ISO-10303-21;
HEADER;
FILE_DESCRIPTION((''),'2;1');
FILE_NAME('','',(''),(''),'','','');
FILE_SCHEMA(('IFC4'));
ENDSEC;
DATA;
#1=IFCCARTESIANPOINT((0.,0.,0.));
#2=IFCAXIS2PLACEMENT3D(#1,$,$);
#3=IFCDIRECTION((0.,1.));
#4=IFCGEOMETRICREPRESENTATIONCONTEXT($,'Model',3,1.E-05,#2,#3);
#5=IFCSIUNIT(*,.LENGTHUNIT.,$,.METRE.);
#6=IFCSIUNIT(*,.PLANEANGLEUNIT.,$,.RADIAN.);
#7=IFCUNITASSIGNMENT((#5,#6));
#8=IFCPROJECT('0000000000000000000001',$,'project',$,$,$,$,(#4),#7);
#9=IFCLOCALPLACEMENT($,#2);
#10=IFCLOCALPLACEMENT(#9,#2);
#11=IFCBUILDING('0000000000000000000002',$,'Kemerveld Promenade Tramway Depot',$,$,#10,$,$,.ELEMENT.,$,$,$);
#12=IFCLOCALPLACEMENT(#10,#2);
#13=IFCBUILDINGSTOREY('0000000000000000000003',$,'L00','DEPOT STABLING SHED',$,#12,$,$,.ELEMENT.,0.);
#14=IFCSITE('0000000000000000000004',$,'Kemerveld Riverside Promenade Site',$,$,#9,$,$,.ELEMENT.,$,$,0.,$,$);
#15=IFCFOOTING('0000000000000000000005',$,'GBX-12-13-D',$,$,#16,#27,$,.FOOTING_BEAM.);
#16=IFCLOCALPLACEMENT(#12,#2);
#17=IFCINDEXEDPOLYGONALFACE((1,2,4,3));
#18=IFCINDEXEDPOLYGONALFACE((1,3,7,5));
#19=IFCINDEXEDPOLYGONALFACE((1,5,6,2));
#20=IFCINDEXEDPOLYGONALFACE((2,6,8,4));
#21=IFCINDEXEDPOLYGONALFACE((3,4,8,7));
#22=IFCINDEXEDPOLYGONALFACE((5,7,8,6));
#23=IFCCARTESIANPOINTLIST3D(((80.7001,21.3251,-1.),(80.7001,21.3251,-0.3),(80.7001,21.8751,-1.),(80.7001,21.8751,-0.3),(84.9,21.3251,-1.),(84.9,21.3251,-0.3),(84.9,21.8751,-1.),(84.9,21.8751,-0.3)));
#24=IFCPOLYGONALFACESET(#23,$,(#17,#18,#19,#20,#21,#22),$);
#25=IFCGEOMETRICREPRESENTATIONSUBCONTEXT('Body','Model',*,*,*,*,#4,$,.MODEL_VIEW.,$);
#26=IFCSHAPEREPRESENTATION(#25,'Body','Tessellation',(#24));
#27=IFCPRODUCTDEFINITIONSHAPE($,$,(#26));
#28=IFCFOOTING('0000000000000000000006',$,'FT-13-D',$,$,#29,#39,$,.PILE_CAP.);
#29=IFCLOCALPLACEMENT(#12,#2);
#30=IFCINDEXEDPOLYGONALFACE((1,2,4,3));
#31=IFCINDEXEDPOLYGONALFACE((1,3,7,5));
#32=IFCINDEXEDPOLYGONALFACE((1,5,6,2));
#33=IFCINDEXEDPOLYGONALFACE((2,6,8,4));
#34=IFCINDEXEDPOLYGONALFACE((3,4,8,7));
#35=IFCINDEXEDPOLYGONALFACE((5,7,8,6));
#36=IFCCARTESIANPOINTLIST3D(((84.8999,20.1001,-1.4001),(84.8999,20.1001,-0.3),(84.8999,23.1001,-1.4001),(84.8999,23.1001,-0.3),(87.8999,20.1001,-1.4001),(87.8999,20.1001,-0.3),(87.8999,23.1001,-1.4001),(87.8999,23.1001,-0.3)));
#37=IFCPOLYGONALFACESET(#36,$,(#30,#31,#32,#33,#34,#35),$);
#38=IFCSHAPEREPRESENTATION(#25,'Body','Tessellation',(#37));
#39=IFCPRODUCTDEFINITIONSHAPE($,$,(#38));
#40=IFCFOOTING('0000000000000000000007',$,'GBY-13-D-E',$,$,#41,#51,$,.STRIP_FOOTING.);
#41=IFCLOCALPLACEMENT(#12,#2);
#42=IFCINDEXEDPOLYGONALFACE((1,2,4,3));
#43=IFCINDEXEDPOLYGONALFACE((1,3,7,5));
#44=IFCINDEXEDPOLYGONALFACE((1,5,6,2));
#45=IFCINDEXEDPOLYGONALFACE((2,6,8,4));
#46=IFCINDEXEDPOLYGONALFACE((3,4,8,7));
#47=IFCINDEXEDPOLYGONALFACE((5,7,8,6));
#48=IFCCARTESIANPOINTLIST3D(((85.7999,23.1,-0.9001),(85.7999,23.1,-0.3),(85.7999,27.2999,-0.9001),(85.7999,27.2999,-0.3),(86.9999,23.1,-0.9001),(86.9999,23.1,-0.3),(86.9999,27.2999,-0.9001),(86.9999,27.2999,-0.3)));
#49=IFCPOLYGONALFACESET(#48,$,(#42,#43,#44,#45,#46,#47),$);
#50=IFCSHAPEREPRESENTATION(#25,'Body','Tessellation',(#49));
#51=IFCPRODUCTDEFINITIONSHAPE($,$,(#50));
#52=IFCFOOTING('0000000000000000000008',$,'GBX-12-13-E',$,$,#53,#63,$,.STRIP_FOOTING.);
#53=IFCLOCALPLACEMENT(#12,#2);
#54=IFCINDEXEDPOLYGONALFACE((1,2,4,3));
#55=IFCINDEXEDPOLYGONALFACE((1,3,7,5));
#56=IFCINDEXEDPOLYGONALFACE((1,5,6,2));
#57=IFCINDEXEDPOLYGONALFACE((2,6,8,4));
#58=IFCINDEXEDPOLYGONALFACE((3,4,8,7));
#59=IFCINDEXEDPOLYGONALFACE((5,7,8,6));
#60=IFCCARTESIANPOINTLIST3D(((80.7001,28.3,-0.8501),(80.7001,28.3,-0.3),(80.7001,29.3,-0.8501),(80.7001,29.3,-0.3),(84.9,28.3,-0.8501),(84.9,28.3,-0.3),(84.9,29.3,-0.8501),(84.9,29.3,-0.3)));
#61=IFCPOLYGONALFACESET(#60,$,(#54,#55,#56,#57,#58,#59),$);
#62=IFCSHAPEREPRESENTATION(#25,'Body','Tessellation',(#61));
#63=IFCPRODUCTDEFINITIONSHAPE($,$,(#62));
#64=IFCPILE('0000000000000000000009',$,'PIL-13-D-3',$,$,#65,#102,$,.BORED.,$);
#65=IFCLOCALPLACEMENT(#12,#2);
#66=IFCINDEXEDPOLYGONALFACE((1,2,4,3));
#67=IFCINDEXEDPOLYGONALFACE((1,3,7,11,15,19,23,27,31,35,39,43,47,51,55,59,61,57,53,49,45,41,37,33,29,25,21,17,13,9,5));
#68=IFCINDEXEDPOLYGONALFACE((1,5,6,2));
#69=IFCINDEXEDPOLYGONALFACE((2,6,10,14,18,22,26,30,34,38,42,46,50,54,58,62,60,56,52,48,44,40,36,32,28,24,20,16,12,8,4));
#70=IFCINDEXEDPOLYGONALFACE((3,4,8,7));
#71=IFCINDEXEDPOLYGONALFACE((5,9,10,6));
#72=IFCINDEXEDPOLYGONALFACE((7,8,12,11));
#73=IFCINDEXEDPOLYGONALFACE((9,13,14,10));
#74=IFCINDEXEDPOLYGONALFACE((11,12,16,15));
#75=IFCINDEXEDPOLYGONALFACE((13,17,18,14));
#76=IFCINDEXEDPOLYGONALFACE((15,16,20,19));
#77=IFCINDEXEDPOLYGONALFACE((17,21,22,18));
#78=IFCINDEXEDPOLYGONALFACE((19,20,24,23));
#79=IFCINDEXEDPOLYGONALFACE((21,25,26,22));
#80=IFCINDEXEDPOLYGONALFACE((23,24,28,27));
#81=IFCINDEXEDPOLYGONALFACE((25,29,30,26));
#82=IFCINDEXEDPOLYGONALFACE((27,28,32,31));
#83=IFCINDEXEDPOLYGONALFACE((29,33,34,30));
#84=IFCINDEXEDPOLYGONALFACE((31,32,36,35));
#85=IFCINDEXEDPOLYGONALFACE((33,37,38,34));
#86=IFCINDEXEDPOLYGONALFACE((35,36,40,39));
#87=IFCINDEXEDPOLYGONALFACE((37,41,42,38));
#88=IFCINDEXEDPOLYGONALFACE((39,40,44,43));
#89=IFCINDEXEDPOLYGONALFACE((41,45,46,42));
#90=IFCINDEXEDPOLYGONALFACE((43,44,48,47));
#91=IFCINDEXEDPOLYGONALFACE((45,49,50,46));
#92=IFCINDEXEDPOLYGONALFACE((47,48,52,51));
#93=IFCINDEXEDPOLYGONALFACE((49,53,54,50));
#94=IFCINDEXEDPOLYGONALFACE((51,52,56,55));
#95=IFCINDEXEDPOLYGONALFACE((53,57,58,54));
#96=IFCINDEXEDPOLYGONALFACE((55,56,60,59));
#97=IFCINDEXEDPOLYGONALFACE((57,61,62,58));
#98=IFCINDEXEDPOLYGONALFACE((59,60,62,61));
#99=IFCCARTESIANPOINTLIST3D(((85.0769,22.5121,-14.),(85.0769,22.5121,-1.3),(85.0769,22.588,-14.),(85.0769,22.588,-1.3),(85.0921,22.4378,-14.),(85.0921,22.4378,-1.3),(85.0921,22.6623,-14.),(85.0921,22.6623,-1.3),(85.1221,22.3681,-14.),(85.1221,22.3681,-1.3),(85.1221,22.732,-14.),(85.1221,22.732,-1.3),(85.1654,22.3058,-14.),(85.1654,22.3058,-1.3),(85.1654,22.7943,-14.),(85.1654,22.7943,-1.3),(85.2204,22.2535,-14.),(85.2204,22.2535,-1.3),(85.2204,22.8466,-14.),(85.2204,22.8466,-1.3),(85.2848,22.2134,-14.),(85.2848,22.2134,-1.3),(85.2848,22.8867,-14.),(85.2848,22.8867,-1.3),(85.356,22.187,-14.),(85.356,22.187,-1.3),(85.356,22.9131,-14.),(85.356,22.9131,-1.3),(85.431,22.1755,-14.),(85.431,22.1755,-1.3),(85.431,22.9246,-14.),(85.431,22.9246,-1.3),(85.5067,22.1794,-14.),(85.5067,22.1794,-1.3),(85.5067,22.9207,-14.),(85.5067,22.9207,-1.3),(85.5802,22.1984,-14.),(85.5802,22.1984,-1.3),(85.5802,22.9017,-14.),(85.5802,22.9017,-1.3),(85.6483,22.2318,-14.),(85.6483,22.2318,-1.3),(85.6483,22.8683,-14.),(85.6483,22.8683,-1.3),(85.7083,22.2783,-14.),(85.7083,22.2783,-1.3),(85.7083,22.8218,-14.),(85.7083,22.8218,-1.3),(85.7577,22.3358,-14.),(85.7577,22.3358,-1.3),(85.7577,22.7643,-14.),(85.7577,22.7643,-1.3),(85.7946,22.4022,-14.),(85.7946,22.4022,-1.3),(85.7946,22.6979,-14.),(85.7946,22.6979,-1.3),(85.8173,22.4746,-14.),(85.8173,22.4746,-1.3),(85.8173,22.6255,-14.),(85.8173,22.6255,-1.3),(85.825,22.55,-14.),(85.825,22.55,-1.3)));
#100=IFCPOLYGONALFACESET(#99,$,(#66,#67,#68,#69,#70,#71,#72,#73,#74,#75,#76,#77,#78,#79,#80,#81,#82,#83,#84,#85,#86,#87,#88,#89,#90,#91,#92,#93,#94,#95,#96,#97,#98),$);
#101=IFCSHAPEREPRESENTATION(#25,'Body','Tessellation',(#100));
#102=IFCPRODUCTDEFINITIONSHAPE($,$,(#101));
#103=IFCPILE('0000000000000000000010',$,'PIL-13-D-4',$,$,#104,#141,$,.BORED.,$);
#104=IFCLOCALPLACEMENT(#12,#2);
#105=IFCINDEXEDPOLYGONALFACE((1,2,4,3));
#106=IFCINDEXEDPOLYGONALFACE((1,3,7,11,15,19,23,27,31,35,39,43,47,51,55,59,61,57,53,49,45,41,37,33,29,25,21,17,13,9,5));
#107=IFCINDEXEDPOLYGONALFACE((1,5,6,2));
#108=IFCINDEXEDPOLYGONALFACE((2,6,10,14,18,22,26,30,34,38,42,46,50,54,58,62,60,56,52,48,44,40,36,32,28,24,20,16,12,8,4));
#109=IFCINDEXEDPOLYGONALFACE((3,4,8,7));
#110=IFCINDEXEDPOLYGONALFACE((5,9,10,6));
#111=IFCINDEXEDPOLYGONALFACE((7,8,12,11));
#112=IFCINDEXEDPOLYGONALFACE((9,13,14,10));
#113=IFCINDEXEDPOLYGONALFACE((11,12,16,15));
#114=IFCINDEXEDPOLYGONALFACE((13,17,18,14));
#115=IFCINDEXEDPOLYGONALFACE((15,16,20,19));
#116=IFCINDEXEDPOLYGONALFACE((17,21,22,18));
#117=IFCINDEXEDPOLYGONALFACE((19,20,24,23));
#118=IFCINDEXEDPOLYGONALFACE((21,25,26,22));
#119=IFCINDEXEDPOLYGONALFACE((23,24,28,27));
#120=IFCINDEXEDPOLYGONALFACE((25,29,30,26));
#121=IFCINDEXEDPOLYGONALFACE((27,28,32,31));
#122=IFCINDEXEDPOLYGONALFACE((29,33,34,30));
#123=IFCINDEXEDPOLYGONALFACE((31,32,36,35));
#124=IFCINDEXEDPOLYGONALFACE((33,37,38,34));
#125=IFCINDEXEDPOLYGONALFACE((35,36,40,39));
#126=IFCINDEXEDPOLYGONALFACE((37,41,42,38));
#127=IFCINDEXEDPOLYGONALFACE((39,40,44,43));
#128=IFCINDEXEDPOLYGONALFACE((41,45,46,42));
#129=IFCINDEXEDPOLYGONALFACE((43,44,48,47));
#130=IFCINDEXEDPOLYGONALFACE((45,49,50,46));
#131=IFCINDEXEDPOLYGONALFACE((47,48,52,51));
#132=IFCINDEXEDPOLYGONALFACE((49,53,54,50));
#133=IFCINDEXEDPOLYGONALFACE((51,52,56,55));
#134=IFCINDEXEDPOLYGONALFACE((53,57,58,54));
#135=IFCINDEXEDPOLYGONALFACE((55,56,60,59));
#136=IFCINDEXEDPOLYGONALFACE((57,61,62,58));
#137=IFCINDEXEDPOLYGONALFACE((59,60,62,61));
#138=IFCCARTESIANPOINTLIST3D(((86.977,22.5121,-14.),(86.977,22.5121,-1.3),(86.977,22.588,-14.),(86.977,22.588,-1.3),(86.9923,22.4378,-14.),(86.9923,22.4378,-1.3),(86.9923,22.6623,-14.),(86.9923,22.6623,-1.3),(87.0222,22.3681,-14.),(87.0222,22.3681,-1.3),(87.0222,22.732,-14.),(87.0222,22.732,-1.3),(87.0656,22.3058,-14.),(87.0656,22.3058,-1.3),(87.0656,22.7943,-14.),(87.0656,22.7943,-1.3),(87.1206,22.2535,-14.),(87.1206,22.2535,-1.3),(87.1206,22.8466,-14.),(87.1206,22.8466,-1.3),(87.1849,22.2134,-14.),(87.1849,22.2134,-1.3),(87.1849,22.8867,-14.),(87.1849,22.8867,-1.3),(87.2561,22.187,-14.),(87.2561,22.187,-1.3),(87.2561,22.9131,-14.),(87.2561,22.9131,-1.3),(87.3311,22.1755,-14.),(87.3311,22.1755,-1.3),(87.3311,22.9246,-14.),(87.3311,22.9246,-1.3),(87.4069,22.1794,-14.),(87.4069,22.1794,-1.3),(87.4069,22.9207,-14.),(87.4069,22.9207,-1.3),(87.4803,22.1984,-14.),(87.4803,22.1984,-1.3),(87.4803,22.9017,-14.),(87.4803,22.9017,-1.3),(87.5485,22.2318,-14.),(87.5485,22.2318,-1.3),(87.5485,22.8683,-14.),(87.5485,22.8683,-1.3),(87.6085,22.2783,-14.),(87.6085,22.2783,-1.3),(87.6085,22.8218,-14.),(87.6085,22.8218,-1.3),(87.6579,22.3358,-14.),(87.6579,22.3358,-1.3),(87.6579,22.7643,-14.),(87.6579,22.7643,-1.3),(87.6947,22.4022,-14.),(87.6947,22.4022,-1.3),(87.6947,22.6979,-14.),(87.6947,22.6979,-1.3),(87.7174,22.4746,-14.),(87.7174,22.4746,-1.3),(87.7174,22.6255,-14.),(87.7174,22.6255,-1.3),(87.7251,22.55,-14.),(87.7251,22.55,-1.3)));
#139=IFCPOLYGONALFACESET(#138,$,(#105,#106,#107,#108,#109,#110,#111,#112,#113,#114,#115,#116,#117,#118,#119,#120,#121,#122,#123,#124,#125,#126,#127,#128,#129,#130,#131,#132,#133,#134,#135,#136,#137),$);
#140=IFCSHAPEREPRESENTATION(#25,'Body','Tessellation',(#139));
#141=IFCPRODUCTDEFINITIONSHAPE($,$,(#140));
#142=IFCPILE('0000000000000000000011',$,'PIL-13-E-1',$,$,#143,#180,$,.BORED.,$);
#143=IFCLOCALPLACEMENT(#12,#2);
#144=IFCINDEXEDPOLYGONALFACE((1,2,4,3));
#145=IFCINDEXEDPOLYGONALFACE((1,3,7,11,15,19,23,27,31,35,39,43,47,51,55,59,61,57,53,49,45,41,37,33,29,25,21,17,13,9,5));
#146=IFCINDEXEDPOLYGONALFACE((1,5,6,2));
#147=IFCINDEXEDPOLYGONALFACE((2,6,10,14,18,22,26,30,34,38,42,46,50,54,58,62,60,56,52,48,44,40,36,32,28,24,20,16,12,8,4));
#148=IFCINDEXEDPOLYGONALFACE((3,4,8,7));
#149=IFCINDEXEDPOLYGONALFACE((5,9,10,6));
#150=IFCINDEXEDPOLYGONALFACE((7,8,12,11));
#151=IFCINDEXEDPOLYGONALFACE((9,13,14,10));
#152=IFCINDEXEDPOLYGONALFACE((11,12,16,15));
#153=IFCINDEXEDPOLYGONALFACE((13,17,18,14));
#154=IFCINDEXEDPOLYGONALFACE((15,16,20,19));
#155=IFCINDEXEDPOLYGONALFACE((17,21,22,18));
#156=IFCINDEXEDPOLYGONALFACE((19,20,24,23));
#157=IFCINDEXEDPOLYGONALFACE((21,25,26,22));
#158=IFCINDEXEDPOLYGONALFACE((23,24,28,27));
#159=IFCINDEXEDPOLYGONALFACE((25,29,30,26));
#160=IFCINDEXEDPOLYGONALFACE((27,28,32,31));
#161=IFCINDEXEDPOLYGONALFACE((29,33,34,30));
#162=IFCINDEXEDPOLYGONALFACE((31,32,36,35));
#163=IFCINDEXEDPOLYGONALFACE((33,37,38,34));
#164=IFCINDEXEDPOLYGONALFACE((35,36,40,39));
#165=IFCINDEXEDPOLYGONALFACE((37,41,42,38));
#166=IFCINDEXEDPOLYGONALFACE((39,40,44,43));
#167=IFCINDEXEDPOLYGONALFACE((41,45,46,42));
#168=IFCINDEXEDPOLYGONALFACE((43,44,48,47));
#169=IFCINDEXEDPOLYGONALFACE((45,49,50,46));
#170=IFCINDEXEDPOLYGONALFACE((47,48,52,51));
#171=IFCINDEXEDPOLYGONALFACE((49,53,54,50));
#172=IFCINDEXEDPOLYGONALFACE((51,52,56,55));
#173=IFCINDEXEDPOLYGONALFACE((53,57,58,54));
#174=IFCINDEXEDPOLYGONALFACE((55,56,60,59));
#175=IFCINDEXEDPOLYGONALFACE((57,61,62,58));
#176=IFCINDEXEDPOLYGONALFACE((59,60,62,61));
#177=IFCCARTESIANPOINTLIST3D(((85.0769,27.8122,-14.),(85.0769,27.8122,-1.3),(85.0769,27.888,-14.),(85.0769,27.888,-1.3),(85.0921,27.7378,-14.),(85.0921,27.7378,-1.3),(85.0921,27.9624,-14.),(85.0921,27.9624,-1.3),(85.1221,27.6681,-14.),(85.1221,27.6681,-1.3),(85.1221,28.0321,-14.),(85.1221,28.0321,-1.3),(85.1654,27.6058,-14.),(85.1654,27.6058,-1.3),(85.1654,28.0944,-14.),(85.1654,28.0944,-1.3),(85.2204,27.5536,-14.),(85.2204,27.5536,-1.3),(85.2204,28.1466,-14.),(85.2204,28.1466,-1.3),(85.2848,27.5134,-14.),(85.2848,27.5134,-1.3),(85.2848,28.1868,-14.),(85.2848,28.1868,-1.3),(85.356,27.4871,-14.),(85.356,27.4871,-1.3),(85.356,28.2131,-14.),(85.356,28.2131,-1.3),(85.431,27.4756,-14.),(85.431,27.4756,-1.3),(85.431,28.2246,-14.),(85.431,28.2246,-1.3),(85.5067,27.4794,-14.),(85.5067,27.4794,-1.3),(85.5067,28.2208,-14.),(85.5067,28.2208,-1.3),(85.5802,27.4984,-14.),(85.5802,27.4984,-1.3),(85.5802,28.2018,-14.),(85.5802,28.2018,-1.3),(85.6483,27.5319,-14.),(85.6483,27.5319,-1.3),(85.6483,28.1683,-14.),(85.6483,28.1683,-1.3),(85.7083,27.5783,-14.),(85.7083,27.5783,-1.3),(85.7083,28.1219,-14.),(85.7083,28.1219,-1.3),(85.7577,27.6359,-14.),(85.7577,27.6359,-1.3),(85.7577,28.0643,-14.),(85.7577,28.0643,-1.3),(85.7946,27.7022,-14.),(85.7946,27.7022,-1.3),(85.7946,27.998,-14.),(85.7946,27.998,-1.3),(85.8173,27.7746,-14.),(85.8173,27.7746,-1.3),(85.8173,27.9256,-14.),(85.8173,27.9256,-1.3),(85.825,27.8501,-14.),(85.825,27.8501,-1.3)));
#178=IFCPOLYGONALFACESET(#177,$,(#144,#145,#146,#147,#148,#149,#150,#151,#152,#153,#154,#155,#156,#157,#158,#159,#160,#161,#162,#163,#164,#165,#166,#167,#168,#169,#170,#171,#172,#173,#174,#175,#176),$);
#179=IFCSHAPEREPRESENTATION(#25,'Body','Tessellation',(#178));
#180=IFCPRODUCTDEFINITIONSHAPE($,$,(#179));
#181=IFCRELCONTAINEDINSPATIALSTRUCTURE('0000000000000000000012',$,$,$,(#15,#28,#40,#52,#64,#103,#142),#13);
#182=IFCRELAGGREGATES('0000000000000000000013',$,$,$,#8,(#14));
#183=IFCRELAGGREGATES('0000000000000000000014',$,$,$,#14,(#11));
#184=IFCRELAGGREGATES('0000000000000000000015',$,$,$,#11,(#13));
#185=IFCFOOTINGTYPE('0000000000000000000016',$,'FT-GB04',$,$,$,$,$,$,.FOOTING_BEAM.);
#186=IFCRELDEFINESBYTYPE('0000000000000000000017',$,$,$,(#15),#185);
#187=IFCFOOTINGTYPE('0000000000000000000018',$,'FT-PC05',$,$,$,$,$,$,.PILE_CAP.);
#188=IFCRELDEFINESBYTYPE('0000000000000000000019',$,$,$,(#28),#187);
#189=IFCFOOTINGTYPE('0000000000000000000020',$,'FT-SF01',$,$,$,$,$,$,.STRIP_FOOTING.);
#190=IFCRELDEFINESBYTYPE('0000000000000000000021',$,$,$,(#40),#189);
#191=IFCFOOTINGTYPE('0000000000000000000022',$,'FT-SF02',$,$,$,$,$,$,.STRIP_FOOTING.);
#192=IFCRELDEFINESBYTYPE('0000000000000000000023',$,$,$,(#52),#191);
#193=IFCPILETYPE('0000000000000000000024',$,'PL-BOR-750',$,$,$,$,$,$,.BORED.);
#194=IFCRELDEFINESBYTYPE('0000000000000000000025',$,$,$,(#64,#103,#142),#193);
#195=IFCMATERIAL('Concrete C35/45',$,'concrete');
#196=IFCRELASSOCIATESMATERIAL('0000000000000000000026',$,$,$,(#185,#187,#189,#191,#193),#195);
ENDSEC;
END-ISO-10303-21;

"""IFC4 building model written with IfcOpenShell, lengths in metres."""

from ifc_helpers import new_model, si_unit, direction, frame, origin, origin_2d, place, context, subcontext, project, spatial, rectangle, circle, extrude, material, material_profile, profile_set, type_object, element, save


model = new_model("IFC4")

# Units and contexts
model_context = context("Model", 3, precision=1e-05, world=origin(), true_north=direction((0.0, 1.0)))
body_context = subcontext(model_context, "Body", "Model", "MODEL_VIEW")
ifc_project = project(units=[si_unit("LENGTHUNIT", "METRE"), si_unit("PLANEANGLEUNIT", "RADIAN")], contexts=[model_context])

# Site, building, storey
site_placement = place(None, origin())
site = spatial("IfcSite", under=ifc_project, at=site_placement, Name="Kemerveld Riverside Promenade Site", CompositionType="ELEMENT", RefElevation=0.0)
building_placement = place(site_placement, origin())
building = spatial("IfcBuilding", under=site, at=building_placement, Name="Kemerveld Promenade Tramway Depot", CompositionType="ELEMENT")
storey_placement = place(building_placement, origin())
storey = spatial("IfcBuildingStorey", under=building, at=storey_placement, Name="L00", Description="DEPOT STABLING SHED", CompositionType="ELEMENT", Elevation=0.0)

# Footings
ifc_material_1 = material(Name="Concrete C35/45", Category="concrete")
footing_type_1 = type_object("IfcFootingType", Name="FT-GB04", PredefinedType="FOOTING_BEAM", material=ifc_material_1)
footing_1_placement = place(storey_placement, frame((82.8, 21.6001, -1.0), z_axis=(0.0, 0.0, 1.0), x_axis=(1.0, 0.0, 0.0)))
element("IfcFooting", 1, at=footing_1_placement, inside=storey, type_object=footing_type_1, Name="GBX-12-13-D", PredefinedType="FOOTING_BEAM", context=body_context, shape_type="SweptSolid", body=[
    extrude(rectangle(XDim=4.2, YDim=0.55, at=origin_2d()), origin(), (0.0, 0.0, 1.0), 0.7),
])
footing_type_2 = type_object("IfcFootingType", Name="FT-PC05", PredefinedType="PILE_CAP", material=ifc_material_1)
footing_2_placement = place(storey_placement, frame((86.3999, 21.6001, -1.4001), z_axis=(0.0, 0.0, 1.0), x_axis=(1.0, 0.0, 0.0)))
element("IfcFooting", 2, at=footing_2_placement, inside=storey, type_object=footing_type_2, Name="FT-13-D", PredefinedType="PILE_CAP", context=body_context, shape_type="SweptSolid", body=[
    extrude(rectangle(XDim=3.0, YDim=3.0, at=origin_2d()), origin(), (0.0, 0.0, 1.0), 1.1001),
])
footing_type_3 = type_object("IfcFootingType", Name="FT-SF01", PredefinedType="STRIP_FOOTING", material=ifc_material_1)
footing_3_placement = place(storey_placement, frame((86.3999, 25.2, -0.9001), z_axis=(0.0, 0.0, 1.0), x_axis=(0.0, 1.0, 0.0)))
element("IfcFooting", 3, at=footing_3_placement, inside=storey, type_object=footing_type_3, Name="GBY-13-D-E", PredefinedType="STRIP_FOOTING", context=body_context, shape_type="SweptSolid", body=[
    extrude(rectangle(XDim=4.2, YDim=1.2, at=origin_2d()), origin(), (0.0, 0.0, 1.0), 0.6001),
])
footing_type_4 = type_object("IfcFootingType", Name="FT-SF02", PredefinedType="STRIP_FOOTING", material=ifc_material_1)
footing_4_placement = place(storey_placement, frame((82.8, 28.8, -0.8501), z_axis=(0.0, 0.0, 1.0), x_axis=(1.0, 0.0, 0.0)))
element("IfcFooting", 4, at=footing_4_placement, inside=storey, type_object=footing_type_4, Name="GBX-12-13-E", PredefinedType="STRIP_FOOTING", context=body_context, shape_type="SweptSolid", body=[
    extrude(rectangle(XDim=4.2, YDim=1.0, at=origin_2d()), origin(), (0.0, 0.0, 1.0), 0.55),
])

# Piles
ifc_material_profile_1 = material_profile(ifc_material_1, circle(Radius=0.375, at=origin_2d()), Name="PILE-D750")
ifc_profile_set_1 = profile_set([ifc_material_profile_1], Name="Concrete C35/45")
pile_type = type_object("IfcPileType", Name="PL-BOR-750", PredefinedType="BORED", material=ifc_profile_set_1)
for number, where, z_axis, x_axis, name in (
    (5, (85.45, 22.55, -1.3), (0.0, 0.0, -1.0), (1.0, 0.0, 0.0), "PIL-13-D-3"),
    (6, (87.3501, 22.55, -1.3), (0.0, 0.0, -1.0), (1.0, 0.0, 0.0), "PIL-13-D-4"),
    (7, (85.45, 27.8501, -1.3), (0.0, 0.0, -1.0), (1.0, 0.0, 0.0), "PIL-13-E-1"),
):
    element("IfcPile", number, at=place(storey_placement, frame(where, z_axis=z_axis, x_axis=x_axis)), inside=storey, type_object=pile_type, Name=name, PredefinedType="BORED", context=body_context, shape_type="SweptSolid", body=[
        extrude(circle(Radius=0.375, at=origin_2d()), origin(), (0.0, 0.0, 1.0), 12.7),
    ])

save(model, "model.ifc")
